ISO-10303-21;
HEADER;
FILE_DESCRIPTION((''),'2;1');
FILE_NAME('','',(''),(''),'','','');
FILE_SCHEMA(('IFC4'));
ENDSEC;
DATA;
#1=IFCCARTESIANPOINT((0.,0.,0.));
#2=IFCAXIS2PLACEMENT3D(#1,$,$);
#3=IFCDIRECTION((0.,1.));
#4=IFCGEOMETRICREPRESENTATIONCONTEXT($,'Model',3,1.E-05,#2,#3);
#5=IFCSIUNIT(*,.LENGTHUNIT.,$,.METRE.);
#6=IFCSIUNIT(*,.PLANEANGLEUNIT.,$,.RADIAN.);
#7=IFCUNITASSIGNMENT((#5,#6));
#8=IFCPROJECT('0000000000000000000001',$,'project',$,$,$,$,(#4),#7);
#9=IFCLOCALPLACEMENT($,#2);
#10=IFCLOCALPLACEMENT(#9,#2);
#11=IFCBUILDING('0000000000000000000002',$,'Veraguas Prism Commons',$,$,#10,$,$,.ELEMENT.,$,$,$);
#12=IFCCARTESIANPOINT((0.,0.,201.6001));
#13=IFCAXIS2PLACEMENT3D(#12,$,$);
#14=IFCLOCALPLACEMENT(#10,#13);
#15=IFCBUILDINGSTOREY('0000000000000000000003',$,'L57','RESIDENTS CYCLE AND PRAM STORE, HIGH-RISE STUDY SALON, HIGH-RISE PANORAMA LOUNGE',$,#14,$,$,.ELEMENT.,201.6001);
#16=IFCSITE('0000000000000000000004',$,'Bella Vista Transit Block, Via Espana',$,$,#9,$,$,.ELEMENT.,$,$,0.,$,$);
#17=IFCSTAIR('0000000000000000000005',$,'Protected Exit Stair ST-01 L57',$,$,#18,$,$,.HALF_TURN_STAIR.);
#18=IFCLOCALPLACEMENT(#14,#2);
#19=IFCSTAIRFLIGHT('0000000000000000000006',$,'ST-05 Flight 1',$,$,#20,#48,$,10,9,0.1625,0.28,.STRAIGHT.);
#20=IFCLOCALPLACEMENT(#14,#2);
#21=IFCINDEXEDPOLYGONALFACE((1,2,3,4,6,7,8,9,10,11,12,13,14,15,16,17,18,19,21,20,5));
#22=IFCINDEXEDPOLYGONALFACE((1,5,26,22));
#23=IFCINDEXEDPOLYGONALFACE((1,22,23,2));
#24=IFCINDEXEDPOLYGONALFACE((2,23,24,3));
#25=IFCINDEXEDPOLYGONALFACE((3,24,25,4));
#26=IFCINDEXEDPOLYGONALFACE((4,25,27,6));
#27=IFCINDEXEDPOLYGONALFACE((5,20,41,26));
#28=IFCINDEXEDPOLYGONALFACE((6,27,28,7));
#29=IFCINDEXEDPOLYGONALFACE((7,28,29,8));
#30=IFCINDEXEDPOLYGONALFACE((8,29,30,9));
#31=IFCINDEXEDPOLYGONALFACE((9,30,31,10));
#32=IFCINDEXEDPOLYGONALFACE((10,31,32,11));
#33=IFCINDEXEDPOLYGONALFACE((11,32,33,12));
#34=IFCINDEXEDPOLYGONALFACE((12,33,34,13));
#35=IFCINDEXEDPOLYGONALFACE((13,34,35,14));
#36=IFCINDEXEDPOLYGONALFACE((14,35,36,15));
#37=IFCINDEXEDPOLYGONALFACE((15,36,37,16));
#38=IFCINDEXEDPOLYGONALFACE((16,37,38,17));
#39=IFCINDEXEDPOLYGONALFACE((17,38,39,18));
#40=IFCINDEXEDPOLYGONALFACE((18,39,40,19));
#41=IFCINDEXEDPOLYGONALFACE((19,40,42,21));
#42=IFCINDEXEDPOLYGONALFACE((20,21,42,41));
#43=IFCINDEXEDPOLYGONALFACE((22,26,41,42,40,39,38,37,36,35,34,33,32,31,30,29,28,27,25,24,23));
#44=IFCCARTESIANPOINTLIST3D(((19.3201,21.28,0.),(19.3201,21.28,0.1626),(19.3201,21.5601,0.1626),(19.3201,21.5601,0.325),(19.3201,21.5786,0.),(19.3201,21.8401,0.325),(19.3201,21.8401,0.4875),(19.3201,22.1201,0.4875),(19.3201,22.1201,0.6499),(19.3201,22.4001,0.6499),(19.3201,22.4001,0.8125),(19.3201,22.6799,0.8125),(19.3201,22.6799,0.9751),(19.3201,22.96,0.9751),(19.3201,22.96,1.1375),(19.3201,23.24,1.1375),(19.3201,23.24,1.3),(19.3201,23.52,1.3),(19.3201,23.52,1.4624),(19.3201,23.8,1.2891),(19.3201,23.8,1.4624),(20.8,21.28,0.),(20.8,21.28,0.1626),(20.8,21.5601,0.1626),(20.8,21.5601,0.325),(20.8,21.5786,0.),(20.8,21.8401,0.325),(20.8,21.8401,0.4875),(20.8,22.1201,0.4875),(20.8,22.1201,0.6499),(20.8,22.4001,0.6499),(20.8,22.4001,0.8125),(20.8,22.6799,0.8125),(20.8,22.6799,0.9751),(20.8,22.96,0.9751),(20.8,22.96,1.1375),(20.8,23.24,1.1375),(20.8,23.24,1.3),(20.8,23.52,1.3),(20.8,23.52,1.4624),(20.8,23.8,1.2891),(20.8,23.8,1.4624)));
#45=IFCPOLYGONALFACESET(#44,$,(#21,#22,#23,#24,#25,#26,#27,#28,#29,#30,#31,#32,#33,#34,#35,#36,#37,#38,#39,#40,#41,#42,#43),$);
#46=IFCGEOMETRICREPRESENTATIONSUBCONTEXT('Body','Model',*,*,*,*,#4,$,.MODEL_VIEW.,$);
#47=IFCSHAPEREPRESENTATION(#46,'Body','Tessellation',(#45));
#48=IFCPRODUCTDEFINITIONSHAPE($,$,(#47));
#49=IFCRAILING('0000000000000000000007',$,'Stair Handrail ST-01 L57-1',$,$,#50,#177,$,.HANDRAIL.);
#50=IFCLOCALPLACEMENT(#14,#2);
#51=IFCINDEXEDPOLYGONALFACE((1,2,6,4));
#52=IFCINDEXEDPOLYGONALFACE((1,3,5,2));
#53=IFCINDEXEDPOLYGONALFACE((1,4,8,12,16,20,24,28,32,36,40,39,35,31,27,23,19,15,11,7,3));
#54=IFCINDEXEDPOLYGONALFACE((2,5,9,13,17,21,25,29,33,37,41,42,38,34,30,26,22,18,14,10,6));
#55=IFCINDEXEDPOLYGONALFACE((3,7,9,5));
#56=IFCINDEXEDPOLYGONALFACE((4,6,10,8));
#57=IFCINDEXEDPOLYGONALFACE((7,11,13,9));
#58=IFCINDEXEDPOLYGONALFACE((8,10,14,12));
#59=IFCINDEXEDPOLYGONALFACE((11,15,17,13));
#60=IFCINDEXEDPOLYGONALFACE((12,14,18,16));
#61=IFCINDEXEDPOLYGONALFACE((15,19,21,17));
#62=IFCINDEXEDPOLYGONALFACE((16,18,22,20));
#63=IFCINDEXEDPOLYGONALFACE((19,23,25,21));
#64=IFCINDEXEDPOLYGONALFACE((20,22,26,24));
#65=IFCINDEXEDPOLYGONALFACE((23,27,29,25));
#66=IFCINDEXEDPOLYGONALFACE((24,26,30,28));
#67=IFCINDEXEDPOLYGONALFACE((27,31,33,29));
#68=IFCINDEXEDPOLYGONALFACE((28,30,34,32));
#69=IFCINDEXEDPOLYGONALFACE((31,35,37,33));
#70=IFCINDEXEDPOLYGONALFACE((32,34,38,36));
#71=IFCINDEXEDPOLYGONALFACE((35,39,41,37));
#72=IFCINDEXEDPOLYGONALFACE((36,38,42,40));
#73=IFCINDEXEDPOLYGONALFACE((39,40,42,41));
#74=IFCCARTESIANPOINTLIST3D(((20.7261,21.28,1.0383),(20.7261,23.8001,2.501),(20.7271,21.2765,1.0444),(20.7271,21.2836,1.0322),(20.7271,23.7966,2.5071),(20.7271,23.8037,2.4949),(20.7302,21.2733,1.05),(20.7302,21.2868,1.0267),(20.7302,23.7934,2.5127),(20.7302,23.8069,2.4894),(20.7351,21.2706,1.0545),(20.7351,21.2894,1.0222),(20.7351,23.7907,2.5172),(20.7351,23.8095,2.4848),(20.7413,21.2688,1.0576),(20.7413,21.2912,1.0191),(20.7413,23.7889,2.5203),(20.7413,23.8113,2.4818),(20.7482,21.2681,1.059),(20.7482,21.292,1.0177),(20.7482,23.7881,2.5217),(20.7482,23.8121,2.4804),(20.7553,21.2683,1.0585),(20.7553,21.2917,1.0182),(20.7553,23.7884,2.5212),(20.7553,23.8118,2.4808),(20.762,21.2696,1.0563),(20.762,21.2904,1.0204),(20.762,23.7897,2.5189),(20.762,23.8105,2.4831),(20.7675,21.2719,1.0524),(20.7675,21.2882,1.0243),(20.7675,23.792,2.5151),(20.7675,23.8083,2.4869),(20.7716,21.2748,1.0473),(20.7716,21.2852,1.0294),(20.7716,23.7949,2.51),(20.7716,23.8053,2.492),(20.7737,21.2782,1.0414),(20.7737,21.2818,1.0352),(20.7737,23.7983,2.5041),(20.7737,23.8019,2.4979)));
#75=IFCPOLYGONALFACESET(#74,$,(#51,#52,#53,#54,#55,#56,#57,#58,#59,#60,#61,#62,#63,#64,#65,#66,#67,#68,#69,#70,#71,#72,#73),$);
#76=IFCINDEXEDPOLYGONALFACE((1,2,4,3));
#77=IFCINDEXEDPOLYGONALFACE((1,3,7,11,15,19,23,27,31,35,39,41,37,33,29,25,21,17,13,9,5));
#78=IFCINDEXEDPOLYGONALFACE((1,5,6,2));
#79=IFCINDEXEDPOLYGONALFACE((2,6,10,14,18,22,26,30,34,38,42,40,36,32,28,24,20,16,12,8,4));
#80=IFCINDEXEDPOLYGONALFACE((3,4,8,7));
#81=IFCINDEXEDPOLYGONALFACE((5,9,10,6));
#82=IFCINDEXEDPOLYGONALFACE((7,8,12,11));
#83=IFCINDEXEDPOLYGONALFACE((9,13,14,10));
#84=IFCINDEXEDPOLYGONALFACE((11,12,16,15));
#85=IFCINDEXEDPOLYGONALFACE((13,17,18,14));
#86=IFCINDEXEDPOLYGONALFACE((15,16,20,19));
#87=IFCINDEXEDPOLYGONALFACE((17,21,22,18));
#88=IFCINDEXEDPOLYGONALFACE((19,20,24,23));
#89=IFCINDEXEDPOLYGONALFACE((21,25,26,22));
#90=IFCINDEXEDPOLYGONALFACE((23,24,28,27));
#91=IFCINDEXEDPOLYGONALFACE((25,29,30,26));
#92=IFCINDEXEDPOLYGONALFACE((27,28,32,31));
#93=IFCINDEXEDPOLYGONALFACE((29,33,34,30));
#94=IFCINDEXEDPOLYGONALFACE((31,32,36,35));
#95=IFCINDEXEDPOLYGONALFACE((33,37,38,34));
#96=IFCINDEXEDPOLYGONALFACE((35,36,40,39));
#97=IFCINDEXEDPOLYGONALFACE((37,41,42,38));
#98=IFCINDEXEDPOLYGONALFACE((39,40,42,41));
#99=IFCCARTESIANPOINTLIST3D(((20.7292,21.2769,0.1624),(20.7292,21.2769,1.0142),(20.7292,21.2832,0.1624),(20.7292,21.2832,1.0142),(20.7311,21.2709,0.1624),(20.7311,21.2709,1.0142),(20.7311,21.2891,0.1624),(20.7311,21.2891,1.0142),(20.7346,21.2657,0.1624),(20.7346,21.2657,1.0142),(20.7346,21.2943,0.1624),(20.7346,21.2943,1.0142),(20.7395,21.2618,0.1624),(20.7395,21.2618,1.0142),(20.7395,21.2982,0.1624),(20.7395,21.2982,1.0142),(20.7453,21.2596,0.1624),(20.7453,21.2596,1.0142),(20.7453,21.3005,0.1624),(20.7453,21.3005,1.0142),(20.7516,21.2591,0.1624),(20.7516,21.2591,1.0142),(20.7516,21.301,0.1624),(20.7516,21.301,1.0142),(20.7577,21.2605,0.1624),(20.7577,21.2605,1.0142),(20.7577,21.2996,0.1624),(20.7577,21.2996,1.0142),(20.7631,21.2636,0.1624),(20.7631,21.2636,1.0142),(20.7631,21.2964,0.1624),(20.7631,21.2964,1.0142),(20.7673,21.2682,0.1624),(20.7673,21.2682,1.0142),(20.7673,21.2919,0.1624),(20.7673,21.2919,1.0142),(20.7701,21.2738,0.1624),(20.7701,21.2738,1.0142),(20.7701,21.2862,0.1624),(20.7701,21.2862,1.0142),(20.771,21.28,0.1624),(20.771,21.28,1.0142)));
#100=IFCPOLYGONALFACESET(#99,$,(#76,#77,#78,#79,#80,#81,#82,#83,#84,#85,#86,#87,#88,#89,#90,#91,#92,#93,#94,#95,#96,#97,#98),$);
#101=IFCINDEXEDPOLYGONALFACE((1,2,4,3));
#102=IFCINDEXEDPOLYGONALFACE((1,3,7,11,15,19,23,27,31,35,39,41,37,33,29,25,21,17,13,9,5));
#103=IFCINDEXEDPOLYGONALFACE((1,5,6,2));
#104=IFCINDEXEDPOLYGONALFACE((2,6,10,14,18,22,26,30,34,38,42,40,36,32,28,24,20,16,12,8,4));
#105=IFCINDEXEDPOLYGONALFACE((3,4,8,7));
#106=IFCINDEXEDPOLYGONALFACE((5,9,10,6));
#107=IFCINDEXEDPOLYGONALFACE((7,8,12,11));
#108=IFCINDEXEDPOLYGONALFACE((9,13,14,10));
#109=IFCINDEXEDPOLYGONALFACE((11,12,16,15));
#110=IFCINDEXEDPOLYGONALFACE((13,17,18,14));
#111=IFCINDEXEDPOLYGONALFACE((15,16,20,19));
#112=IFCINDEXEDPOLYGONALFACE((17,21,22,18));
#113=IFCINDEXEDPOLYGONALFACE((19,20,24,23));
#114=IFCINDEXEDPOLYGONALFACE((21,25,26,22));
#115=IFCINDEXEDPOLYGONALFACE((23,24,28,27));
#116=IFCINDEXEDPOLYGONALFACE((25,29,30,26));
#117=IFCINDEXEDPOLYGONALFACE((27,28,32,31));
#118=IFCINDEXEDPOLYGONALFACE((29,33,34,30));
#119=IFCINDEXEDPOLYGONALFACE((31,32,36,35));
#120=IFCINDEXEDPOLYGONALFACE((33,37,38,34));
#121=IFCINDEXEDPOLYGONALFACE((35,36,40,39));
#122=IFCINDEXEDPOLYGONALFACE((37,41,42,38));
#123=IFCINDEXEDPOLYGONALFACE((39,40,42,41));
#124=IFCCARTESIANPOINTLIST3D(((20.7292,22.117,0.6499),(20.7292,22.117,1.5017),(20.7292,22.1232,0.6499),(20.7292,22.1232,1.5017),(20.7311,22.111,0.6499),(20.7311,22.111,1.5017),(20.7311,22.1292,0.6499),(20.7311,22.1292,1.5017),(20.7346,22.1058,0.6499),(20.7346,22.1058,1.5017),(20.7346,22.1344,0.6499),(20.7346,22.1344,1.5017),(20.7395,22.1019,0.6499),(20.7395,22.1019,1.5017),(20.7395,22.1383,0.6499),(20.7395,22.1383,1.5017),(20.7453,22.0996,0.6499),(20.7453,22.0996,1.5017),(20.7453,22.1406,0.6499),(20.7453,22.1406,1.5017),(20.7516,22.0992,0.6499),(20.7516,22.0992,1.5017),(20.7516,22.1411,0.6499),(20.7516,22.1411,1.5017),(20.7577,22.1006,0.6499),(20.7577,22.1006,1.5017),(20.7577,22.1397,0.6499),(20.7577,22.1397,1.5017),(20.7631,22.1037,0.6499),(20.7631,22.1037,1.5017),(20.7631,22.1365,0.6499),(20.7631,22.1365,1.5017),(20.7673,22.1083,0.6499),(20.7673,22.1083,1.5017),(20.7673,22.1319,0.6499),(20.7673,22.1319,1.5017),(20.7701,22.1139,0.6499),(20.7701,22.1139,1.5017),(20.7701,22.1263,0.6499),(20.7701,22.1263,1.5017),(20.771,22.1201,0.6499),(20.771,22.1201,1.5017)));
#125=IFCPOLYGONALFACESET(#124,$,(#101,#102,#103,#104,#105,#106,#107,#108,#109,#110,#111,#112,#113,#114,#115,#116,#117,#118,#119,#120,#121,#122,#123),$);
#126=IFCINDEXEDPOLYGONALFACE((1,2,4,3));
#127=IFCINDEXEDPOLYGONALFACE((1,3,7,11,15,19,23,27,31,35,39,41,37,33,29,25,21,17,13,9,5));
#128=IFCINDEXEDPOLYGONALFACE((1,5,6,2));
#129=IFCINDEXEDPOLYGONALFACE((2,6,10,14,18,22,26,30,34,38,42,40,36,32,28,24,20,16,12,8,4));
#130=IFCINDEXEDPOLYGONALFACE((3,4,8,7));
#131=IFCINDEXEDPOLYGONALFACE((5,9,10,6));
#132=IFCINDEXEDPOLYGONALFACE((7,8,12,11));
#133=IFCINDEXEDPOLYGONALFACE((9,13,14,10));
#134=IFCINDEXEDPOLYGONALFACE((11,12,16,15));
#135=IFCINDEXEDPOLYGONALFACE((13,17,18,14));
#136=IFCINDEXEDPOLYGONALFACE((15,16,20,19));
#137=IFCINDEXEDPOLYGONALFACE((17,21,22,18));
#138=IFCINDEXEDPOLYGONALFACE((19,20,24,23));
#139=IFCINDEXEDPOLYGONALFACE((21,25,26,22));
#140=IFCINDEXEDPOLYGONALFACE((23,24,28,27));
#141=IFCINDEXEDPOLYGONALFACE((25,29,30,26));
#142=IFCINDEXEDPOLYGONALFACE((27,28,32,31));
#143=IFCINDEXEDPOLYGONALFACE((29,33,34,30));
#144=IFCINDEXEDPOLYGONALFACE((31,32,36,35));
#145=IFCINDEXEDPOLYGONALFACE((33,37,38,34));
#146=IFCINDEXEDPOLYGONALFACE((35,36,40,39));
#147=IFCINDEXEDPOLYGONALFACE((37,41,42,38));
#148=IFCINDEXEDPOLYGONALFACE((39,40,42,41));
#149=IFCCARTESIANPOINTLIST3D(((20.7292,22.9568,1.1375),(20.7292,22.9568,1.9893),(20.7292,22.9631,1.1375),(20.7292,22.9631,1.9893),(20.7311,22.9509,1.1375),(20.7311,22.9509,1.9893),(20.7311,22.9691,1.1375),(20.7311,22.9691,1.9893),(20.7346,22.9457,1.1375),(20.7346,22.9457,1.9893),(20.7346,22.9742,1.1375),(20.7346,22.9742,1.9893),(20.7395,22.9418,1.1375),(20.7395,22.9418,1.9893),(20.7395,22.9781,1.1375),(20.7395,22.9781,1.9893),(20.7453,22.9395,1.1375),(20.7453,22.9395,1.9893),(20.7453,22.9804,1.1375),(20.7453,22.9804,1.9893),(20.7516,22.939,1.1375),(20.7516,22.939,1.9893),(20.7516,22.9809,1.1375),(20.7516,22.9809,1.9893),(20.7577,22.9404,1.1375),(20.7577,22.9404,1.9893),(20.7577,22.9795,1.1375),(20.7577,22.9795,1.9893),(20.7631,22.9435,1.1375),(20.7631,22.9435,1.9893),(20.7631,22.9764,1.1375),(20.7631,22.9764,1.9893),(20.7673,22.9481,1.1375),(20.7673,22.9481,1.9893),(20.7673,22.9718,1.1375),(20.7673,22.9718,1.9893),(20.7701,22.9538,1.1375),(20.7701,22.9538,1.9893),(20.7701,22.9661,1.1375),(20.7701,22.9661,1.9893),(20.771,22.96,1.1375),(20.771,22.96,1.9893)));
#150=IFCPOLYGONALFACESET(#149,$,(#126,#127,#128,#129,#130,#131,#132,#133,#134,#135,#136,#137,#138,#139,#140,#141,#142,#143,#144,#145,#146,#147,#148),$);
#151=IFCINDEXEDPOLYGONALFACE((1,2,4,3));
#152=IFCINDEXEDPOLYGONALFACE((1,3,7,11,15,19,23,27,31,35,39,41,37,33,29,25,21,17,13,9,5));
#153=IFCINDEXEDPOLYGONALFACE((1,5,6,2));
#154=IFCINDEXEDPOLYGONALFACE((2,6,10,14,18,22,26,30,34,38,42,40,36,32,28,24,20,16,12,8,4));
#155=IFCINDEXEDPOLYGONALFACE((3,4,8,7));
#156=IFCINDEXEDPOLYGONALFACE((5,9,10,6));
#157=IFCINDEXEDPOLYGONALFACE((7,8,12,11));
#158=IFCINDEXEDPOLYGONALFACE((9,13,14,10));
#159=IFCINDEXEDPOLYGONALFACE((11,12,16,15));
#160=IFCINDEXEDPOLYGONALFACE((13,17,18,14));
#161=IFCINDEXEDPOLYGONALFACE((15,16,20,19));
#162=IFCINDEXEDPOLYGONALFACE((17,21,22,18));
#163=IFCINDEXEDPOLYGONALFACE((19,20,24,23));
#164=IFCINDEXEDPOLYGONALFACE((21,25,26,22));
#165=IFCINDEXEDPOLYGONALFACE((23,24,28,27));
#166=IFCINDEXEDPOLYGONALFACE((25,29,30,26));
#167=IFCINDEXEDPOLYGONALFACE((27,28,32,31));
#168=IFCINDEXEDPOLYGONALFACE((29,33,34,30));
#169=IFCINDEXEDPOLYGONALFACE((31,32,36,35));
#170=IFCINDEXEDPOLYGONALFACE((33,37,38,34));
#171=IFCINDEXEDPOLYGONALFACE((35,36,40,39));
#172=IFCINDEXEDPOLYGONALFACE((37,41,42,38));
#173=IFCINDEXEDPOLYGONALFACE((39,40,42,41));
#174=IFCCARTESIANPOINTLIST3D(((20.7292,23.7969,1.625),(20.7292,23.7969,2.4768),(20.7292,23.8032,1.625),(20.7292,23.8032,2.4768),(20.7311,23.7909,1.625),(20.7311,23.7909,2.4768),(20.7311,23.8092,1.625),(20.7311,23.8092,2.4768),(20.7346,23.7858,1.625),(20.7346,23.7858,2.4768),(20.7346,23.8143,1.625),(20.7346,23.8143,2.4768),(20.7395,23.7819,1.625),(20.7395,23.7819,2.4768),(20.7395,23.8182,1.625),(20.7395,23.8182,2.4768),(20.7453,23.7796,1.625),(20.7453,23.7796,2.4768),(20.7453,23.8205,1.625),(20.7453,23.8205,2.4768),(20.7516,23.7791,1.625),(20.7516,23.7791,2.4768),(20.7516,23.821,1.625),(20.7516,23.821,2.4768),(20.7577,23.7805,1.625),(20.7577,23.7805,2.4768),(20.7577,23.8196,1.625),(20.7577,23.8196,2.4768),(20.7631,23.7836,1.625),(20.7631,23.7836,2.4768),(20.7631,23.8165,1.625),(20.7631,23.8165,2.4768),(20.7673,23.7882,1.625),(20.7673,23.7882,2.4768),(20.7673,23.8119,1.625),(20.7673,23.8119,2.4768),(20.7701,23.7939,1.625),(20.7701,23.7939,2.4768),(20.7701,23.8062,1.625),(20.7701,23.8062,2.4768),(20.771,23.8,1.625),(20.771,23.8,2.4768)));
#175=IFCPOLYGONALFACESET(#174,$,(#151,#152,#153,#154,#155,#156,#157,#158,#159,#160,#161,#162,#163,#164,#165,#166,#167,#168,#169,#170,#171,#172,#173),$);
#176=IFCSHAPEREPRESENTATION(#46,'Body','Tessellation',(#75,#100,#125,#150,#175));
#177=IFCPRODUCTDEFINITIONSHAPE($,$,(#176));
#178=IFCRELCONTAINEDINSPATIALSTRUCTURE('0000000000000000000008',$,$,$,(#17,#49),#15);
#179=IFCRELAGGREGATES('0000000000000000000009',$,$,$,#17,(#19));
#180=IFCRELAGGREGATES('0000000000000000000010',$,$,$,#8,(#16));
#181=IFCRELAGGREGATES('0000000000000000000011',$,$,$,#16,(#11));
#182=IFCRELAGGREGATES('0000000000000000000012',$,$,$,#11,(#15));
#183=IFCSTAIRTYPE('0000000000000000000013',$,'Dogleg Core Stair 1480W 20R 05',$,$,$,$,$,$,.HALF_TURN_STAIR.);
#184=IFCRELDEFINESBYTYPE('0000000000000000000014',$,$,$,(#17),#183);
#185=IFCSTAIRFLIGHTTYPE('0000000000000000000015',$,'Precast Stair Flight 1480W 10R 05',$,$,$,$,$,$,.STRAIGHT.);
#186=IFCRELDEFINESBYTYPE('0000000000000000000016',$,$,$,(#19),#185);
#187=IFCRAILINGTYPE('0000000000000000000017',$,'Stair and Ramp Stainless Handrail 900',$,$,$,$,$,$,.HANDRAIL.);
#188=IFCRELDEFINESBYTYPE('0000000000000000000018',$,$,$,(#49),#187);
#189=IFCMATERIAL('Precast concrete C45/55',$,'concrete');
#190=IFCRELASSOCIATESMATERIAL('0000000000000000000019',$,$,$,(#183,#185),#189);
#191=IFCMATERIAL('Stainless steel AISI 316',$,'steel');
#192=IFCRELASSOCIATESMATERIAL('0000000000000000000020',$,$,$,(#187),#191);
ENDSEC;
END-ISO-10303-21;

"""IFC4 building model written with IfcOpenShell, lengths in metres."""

from ifc_helpers import new_model, si_unit, direction, frame, origin, origin_2d, place, context, subcontext, project, spatial, polyline, circle, outline, extrude, material, type_object, element, aggregate, save


model = new_model("IFC4")

# Units and contexts
model_context = context("Model", 3, precision=1e-05, world=origin(), true_north=direction((0.0, 1.0)))
body_context = subcontext(model_context, "Body", "Model", "MODEL_VIEW")
ifc_project = project(units=[si_unit("LENGTHUNIT", "METRE"), si_unit("PLANEANGLEUNIT", "RADIAN")], contexts=[model_context])

# Site, building, storey
site_placement = place(None, origin())
site = spatial("IfcSite", under=ifc_project, at=site_placement, Name="Bella Vista Transit Block, Via Espana", CompositionType="ELEMENT", RefElevation=0.0)
building_placement = place(site_placement, origin())
building = spatial("IfcBuilding", under=site, at=building_placement, Name="Veraguas Prism Commons", CompositionType="ELEMENT")
storey_placement = place(building_placement, frame((0.0, 0.0, 201.6001)))
storey = spatial("IfcBuildingStorey", under=building, at=storey_placement, Name="L57", Description="RESIDENTS CYCLE AND PRAM STORE, HIGH-RISE STUDY SALON, HIGH-RISE PANORAMA LOUNGE", CompositionType="ELEMENT", Elevation=201.6001)

# Stair, stair flight
ifc_material_1 = material(Name="Precast concrete C45/55", Category="concrete")
stair_type = type_object("IfcStairType", Name="Dogleg Core Stair 1480W 20R 05", PredefinedType="HALF_TURN_STAIR", material=ifc_material_1)
stair_placement = place(storey_placement, origin())
stair = element("IfcStair", 1, at=stair_placement, inside=storey, type_object=stair_type, Name="Protected Exit Stair ST-01 L57", PredefinedType="HALF_TURN_STAIR")
stair_flight_type = type_object("IfcStairFlightType", Name="Precast Stair Flight 1480W 10R 05", PredefinedType="STRAIGHT", material=ifc_material_1)
stair_flight_placement = place(storey_placement, frame((20.0601, 21.28, 0.0), z_axis=(0.0, 0.0, 1.0), x_axis=(0.0, 1.0, 0.0)))
stair_flight = element("IfcStairFlight", 2, at=stair_flight_placement, type_object=stair_flight_type, Name="ST-05 Flight 1", NumberOfRisers=10, NumberOfTreads=9, PredefinedType="STRAIGHT", RiserHeight=0.1625, TreadLength=0.28, context=body_context, shape_type="SweptSolid", body=[
    extrude(outline(polyline([(0.0, 0.0), (0.0, 0.1626), (0.28, 0.1626), (0.28, 0.325), (0.5601, 0.325), (0.5601, 0.4875), (0.8401, 0.4875), (0.8401, 0.6499), (1.1201, 0.6499), (1.1201, 0.8125), (1.3999, 0.8125), (1.3999, 0.9751), (1.6799, 0.9751), (1.6799, 1.1375), (1.96, 1.1375), (1.96, 1.3), (2.24, 1.3), (2.24, 1.4624), (2.52, 1.4624), (2.52, 1.625), (2.52, 1.2891), (0.2986, 0.0), (0.0, 0.0)])), frame((0.0, 0.74, 0.0), z_axis=(0.0, -1.0, 0.0), x_axis=(1.0, 0.0, 0.0)), (0.0, 0.0, 1.0), 1.48),
])
aggregate(stair, [stair_flight])

# Railing
ifc_material_2 = material(Name="Stainless steel AISI 316", Category="steel")
railing_type_1 = type_object("IfcRailingType", Name="Stair and Ramp Stainless Handrail 900", PredefinedType="HANDRAIL", material=ifc_material_2)
railing_1_placement = place(storey_placement, frame((20.75, 21.28, 0.1624)))
element("IfcRailing", 3, at=railing_1_placement, inside=storey, type_object=railing_type_1, Name="Stair Handrail ST-01 L57-1", PredefinedType="HANDRAIL", context=body_context, shape_type="SweptSolid", body=[
    extrude(circle(Radius=0.0239, at=origin_2d()), frame((0.0, 0.0, 0.876), z_axis=(0.0, 0.864877, 0.501984), x_axis=(-1.0, 0.0, 0.0)), (0.0, 0.0, 1.0), 2.9138),
    extrude(circle(Radius=0.021, at=origin_2d()), origin(), (0.0, 0.0, 1.0), 0.8518),
    extrude(circle(Radius=0.021, at=origin_2d()), frame((0.0, 0.8401, 0.4875)), (0.0, 0.0, 1.0), 0.8518),
    extrude(circle(Radius=0.021, at=origin_2d()), frame((0.0, 1.6799, 0.9751)), (0.0, 0.0, 1.0), 0.8518),
    extrude(circle(Radius=0.021, at=origin_2d()), frame((0.0, 2.52, 1.4626)), (0.0, 0.0, 1.0), 0.8518),
])

save(model, "model.ifc")
